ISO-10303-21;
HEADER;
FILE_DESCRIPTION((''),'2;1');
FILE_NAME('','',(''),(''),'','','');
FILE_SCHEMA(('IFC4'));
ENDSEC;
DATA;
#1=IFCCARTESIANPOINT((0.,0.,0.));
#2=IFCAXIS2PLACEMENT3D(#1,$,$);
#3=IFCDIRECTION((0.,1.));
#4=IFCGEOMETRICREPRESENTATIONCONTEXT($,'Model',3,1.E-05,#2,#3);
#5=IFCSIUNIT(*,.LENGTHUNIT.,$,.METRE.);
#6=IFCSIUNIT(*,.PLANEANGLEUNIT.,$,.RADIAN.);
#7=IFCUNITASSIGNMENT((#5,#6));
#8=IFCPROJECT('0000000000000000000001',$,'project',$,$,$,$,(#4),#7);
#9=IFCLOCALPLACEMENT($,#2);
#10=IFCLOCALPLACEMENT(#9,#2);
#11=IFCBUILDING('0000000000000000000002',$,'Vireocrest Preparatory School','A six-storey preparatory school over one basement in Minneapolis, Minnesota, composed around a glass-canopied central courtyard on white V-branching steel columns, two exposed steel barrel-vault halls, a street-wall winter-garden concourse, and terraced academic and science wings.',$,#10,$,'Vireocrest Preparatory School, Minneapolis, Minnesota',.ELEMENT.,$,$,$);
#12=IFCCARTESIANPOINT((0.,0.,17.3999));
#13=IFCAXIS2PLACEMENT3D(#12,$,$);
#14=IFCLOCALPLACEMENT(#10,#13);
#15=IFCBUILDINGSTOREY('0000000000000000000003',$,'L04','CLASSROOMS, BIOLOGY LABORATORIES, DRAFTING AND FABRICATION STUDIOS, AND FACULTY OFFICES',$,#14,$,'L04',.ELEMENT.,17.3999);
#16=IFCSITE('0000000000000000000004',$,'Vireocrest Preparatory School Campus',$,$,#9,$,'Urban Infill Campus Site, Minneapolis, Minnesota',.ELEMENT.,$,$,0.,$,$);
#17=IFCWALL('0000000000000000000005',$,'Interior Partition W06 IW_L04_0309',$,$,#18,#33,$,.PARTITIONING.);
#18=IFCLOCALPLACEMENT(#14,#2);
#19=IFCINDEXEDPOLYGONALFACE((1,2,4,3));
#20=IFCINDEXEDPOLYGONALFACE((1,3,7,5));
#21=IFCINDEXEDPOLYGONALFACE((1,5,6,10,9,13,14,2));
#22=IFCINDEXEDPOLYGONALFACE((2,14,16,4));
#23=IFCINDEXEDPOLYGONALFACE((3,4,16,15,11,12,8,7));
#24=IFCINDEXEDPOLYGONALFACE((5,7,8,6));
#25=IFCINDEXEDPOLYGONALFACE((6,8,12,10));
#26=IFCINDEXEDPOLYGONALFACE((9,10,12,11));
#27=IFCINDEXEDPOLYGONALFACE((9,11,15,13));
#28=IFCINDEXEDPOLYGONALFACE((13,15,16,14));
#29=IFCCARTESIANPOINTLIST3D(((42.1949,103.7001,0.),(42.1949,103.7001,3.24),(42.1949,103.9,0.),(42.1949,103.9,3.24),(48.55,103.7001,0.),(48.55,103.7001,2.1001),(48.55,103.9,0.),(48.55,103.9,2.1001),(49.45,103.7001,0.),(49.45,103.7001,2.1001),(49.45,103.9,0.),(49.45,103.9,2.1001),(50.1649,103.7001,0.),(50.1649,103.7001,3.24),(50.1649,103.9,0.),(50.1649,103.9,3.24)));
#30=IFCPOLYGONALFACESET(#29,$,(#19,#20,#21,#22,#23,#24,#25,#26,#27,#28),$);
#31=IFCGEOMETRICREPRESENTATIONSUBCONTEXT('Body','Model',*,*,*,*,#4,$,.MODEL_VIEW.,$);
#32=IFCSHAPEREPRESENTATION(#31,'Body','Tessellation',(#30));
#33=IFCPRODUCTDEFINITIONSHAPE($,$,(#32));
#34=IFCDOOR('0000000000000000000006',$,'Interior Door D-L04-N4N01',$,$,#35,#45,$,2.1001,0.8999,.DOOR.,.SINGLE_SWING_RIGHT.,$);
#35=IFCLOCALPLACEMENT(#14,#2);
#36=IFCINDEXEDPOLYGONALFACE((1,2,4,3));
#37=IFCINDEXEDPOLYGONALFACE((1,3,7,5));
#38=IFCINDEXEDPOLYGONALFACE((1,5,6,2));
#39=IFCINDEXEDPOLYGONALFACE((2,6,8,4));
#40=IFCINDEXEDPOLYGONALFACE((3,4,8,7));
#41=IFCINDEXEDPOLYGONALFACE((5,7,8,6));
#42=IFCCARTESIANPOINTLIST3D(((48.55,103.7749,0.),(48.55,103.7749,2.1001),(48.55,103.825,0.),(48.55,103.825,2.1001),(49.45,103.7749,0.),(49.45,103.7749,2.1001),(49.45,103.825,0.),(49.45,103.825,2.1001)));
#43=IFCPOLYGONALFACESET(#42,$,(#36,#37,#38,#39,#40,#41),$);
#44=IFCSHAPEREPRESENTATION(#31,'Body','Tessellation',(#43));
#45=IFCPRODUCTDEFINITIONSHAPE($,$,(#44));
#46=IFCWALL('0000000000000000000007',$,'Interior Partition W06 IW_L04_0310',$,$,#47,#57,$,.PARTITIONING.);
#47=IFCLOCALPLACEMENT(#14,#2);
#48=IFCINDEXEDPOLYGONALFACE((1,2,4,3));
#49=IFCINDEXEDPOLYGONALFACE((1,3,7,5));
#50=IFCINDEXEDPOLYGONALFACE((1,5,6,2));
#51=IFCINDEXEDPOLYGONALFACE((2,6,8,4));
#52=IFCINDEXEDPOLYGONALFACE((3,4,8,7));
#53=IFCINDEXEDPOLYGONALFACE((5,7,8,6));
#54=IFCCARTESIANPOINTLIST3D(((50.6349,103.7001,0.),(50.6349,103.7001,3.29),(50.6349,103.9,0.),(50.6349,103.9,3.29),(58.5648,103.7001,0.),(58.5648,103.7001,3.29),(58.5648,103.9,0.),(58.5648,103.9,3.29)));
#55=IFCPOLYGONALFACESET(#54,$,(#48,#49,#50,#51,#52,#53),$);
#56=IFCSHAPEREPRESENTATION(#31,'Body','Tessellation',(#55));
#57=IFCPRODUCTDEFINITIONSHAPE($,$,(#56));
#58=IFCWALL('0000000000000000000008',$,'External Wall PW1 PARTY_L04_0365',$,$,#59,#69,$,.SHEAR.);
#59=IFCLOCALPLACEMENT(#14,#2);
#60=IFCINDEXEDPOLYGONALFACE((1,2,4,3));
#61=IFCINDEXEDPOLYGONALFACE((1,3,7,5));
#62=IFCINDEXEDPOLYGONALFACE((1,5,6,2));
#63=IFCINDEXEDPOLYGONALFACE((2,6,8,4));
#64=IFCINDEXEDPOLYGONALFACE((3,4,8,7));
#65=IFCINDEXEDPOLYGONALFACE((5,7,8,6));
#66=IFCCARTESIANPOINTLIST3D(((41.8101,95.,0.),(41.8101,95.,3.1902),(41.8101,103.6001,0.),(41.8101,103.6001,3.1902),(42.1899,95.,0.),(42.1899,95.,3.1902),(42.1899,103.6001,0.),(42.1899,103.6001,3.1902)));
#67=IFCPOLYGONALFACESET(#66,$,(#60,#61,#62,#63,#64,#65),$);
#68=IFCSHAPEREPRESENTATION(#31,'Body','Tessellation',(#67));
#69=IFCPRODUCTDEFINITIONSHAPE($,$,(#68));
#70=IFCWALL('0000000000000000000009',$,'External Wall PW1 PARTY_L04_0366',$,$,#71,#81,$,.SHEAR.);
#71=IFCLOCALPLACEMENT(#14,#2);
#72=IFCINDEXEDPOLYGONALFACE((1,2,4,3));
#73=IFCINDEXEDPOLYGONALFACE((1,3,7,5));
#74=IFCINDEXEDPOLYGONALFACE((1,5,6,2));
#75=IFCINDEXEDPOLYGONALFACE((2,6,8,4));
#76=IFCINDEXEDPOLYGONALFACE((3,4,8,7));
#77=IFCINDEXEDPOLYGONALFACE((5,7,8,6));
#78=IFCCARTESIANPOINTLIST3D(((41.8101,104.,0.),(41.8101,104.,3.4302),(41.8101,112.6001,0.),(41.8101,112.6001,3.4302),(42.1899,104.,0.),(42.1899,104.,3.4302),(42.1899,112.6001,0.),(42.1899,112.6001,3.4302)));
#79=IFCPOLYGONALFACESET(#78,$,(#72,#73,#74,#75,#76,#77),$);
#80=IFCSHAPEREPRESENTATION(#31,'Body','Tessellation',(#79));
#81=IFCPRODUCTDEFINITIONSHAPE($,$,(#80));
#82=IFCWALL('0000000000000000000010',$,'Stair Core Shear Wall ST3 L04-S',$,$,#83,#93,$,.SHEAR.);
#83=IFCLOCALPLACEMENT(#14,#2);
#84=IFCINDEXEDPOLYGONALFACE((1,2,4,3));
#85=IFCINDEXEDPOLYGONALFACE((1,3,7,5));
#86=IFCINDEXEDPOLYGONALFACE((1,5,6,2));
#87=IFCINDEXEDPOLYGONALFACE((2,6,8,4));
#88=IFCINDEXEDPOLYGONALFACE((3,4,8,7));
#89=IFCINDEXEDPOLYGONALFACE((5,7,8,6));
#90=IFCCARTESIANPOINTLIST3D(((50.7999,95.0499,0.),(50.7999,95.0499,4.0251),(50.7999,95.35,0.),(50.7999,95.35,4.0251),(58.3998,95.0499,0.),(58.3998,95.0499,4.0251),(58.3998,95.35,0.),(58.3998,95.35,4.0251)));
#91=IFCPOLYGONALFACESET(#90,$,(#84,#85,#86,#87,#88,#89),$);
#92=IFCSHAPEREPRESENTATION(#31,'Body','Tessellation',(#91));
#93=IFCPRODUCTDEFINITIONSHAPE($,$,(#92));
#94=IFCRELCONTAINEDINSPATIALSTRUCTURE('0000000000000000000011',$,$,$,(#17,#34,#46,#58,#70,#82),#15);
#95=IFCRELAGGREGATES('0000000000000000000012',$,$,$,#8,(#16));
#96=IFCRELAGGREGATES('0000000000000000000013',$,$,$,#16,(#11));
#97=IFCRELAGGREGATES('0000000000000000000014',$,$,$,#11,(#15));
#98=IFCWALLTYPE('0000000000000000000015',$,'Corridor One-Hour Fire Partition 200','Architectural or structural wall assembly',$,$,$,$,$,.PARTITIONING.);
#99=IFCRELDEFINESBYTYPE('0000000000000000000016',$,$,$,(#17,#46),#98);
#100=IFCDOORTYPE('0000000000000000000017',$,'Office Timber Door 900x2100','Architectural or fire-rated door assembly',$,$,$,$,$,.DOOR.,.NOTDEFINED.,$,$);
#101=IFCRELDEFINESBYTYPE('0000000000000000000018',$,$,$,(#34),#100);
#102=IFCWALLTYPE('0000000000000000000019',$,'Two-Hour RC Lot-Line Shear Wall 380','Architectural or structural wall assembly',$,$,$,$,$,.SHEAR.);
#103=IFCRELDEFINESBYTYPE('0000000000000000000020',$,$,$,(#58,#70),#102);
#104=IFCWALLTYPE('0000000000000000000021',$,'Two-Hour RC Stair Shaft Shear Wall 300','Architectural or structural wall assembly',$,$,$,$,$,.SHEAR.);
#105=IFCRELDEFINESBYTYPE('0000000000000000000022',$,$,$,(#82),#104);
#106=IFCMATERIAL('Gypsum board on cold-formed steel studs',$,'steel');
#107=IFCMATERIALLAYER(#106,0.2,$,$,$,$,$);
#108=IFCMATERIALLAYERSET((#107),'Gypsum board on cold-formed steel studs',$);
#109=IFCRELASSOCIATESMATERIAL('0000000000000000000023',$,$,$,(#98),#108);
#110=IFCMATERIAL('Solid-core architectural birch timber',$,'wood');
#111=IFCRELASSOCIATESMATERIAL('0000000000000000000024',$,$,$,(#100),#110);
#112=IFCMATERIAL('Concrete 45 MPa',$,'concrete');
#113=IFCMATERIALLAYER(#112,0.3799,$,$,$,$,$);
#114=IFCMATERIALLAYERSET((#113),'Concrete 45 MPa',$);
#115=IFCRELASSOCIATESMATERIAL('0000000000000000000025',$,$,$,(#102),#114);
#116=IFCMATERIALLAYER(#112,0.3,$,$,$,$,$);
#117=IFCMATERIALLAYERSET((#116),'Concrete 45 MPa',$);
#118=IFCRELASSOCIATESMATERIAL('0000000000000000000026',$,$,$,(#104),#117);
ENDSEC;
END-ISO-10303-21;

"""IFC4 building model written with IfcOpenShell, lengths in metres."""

from ifc_helpers import new_model, si_unit, direction, frame, frame_2d, origin, place, context, subcontext, project, spatial, rectangle, extrude, material, layer, layer_set, type_object, element, fill, save


model = new_model("IFC4")

# Units and contexts
model_context = context("Model", 3, precision=1e-05, world=origin(), true_north=direction((0.0, 1.0)))
body_context = subcontext(model_context, "Body", "Model", "MODEL_VIEW")
ifc_project = project(units=[si_unit("LENGTHUNIT", "METRE"), si_unit("PLANEANGLEUNIT", "RADIAN")], contexts=[model_context])

# Site, building, storey
site_placement = place(None, origin())
site = spatial("IfcSite", under=ifc_project, at=site_placement, Name="Vireocrest Preparatory School Campus", LongName="Urban Infill Campus Site, Minneapolis, Minnesota", CompositionType="ELEMENT", RefElevation=0.0)
building_placement = place(site_placement, origin())
building = spatial("IfcBuilding", under=site, at=building_placement, Name="Vireocrest Preparatory School", Description="A six-storey preparatory school over one basement in Minneapolis, Minnesota, composed around a glass-canopied central courtyard on white V-branching steel columns, two exposed steel barrel-vault halls, a street-wall winter-garden concourse, and terraced academic and science wings.", LongName="Vireocrest Preparatory School, Minneapolis, Minnesota", CompositionType="ELEMENT")
storey_placement = place(building_placement, frame((0.0, 0.0, 17.3999)))
storey = spatial("IfcBuildingStorey", under=building, at=storey_placement, Name="L04", Description="CLASSROOMS, BIOLOGY LABORATORIES, DRAFTING AND FABRICATION STUDIOS, AND FACULTY OFFICES", LongName="L04", CompositionType="ELEMENT", Elevation=17.3999)

# Shared definitions
ifc_material_1 = material(Name="Concrete 45 MPa", Category="concrete")

# Wall, opening, door
ifc_material_2 = material(Name="Gypsum board on cold-formed steel studs", Category="steel")
ifc_layer_1 = layer(ifc_material_2, 0.2)
ifc_layer_set_1 = layer_set([ifc_layer_1], Name="Gypsum board on cold-formed steel studs")
wall_type_1 = type_object("IfcWallType", Name="Corridor One-Hour Fire Partition 200", Description="Architectural or structural wall assembly", PredefinedType="PARTITIONING", material=ifc_layer_set_1)
wall_1_placement = place(storey_placement, frame((42.1951, 103.8, 0.0), z_axis=(0.0, 0.0, 1.0), x_axis=(1.0, 0.0, 0.0)))
wall_1 = element("IfcWall", 1, at=wall_1_placement, inside=storey, type_object=wall_type_1, Name="Interior Partition W06 IW_L04_0309", PredefinedType="PARTITIONING", context=body_context, shape_type="SweptSolid", body=[
    extrude(rectangle(XDim=7.97, YDim=0.2, at=frame_2d((3.9849, 0.0))), origin(), (0.0, 0.0, 1.0), 3.24),
])
opening_placement = place(wall_1_placement, frame((6.355, 0.0, 0.0)))
opening = element("IfcOpeningElement", 2, at=opening_placement, cuts=wall_1, PredefinedType="OPENING", context=body_context, shape_type="SweptSolid", body=[
    extrude(rectangle(XDim=0.8999, YDim=2.1001, at=frame_2d((0.45, 1.05))), frame((0.0, 0.1099, 0.0), z_axis=(0.0, -1.0, 0.0), x_axis=(1.0, 0.0, 0.0)), (0.0, 0.0, 1.0), 0.22),
])
ifc_material_3 = material(Name="Solid-core architectural birch timber", Category="wood")
door_type = type_object("IfcDoorType", Name="Office Timber Door 900x2100", Description="Architectural or fire-rated door assembly", OperationType="NOTDEFINED", PredefinedType="DOOR", material=ifc_material_3)
door_placement = place(opening_placement, origin())
door = element("IfcDoor", 3, at=door_placement, inside=storey, type_object=door_type, Name="Interior Door D-L04-N4N01", OperationType="SINGLE_SWING_RIGHT", OverallHeight=2.1001, OverallWidth=0.8999, PredefinedType="DOOR", context=body_context, shape_type="SweptSolid", body=[
    extrude(rectangle(XDim=0.8999, YDim=2.1001, at=frame_2d((0.45, 1.05))), frame((0.0, 0.0249, 0.0), z_axis=(0.0, -1.0, 0.0), x_axis=(1.0, 0.0, 0.0)), (0.0, 0.0, 1.0), 0.05),
])
fill(opening, door)

# Walls
wall_2_placement = place(storey_placement, frame((50.635, 103.8, 0.0), z_axis=(0.0, 0.0, 1.0), x_axis=(1.0, 0.0, 0.0)))
element("IfcWall", 4, at=wall_2_placement, inside=storey, type_object=wall_type_1, Name="Interior Partition W06 IW_L04_0310", PredefinedType="PARTITIONING", context=body_context, shape_type="SweptSolid", body=[
    extrude(rectangle(XDim=7.9299, YDim=0.2, at=frame_2d((3.9648, 0.0))), origin(), (0.0, 0.0, 1.0), 3.29),
])
ifc_layer_2 = layer(ifc_material_1, 0.3799)
ifc_layer_set_2 = layer_set([ifc_layer_2], Name="Concrete 45 MPa")
wall_type_2 = type_object("IfcWallType", Name="Two-Hour RC Lot-Line Shear Wall 380", Description="Architectural or structural wall assembly", PredefinedType="SHEAR", material=ifc_layer_set_2)
wall_3_placement = place(storey_placement, frame((42.0, 95.0, 0.0), z_axis=(0.0, 0.0, 1.0), x_axis=(0.0, 1.0, 0.0)))
element("IfcWall", 5, at=wall_3_placement, inside=storey, type_object=wall_type_2, Name="External Wall PW1 PARTY_L04_0365", PredefinedType="SHEAR", context=body_context, shape_type="SweptSolid", body=[
    extrude(rectangle(XDim=8.6001, YDim=0.3799, at=frame_2d((4.3, 0.0))), origin(), (0.0, 0.0, 1.0), 3.1902),
])
wall_4_placement = place(storey_placement, frame((42.0, 104.0, 0.0), z_axis=(0.0, 0.0, 1.0), x_axis=(0.0, 1.0, 0.0)))
element("IfcWall", 6, at=wall_4_placement, inside=storey, type_object=wall_type_2, Name="External Wall PW1 PARTY_L04_0366", PredefinedType="SHEAR", context=body_context, shape_type="SweptSolid", body=[
    extrude(rectangle(XDim=8.6001, YDim=0.3799, at=frame_2d((4.3, 0.0))), origin(), (0.0, 0.0, 1.0), 3.4302),
])
ifc_layer_3 = layer(ifc_material_1, 0.3)
ifc_layer_set_3 = layer_set([ifc_layer_3], Name="Concrete 45 MPa")
wall_type_3 = type_object("IfcWallType", Name="Two-Hour RC Stair Shaft Shear Wall 300", Description="Architectural or structural wall assembly", PredefinedType="SHEAR", material=ifc_layer_set_3)
wall_5_placement = place(storey_placement, frame((50.8, 95.2, 0.0), z_axis=(0.0, 0.0, 1.0), x_axis=(1.0, 0.0, 0.0)))
element("IfcWall", 7, at=wall_5_placement, inside=storey, type_object=wall_type_3, Name="Stair Core Shear Wall ST3 L04-S", PredefinedType="SHEAR", context=body_context, shape_type="SweptSolid", body=[
    extrude(rectangle(XDim=7.5999, YDim=0.3, at=frame_2d((3.7998, 0.0))), origin(), (0.0, 0.0, 1.0), 4.0251),
])

save(model, "model.ifc")
